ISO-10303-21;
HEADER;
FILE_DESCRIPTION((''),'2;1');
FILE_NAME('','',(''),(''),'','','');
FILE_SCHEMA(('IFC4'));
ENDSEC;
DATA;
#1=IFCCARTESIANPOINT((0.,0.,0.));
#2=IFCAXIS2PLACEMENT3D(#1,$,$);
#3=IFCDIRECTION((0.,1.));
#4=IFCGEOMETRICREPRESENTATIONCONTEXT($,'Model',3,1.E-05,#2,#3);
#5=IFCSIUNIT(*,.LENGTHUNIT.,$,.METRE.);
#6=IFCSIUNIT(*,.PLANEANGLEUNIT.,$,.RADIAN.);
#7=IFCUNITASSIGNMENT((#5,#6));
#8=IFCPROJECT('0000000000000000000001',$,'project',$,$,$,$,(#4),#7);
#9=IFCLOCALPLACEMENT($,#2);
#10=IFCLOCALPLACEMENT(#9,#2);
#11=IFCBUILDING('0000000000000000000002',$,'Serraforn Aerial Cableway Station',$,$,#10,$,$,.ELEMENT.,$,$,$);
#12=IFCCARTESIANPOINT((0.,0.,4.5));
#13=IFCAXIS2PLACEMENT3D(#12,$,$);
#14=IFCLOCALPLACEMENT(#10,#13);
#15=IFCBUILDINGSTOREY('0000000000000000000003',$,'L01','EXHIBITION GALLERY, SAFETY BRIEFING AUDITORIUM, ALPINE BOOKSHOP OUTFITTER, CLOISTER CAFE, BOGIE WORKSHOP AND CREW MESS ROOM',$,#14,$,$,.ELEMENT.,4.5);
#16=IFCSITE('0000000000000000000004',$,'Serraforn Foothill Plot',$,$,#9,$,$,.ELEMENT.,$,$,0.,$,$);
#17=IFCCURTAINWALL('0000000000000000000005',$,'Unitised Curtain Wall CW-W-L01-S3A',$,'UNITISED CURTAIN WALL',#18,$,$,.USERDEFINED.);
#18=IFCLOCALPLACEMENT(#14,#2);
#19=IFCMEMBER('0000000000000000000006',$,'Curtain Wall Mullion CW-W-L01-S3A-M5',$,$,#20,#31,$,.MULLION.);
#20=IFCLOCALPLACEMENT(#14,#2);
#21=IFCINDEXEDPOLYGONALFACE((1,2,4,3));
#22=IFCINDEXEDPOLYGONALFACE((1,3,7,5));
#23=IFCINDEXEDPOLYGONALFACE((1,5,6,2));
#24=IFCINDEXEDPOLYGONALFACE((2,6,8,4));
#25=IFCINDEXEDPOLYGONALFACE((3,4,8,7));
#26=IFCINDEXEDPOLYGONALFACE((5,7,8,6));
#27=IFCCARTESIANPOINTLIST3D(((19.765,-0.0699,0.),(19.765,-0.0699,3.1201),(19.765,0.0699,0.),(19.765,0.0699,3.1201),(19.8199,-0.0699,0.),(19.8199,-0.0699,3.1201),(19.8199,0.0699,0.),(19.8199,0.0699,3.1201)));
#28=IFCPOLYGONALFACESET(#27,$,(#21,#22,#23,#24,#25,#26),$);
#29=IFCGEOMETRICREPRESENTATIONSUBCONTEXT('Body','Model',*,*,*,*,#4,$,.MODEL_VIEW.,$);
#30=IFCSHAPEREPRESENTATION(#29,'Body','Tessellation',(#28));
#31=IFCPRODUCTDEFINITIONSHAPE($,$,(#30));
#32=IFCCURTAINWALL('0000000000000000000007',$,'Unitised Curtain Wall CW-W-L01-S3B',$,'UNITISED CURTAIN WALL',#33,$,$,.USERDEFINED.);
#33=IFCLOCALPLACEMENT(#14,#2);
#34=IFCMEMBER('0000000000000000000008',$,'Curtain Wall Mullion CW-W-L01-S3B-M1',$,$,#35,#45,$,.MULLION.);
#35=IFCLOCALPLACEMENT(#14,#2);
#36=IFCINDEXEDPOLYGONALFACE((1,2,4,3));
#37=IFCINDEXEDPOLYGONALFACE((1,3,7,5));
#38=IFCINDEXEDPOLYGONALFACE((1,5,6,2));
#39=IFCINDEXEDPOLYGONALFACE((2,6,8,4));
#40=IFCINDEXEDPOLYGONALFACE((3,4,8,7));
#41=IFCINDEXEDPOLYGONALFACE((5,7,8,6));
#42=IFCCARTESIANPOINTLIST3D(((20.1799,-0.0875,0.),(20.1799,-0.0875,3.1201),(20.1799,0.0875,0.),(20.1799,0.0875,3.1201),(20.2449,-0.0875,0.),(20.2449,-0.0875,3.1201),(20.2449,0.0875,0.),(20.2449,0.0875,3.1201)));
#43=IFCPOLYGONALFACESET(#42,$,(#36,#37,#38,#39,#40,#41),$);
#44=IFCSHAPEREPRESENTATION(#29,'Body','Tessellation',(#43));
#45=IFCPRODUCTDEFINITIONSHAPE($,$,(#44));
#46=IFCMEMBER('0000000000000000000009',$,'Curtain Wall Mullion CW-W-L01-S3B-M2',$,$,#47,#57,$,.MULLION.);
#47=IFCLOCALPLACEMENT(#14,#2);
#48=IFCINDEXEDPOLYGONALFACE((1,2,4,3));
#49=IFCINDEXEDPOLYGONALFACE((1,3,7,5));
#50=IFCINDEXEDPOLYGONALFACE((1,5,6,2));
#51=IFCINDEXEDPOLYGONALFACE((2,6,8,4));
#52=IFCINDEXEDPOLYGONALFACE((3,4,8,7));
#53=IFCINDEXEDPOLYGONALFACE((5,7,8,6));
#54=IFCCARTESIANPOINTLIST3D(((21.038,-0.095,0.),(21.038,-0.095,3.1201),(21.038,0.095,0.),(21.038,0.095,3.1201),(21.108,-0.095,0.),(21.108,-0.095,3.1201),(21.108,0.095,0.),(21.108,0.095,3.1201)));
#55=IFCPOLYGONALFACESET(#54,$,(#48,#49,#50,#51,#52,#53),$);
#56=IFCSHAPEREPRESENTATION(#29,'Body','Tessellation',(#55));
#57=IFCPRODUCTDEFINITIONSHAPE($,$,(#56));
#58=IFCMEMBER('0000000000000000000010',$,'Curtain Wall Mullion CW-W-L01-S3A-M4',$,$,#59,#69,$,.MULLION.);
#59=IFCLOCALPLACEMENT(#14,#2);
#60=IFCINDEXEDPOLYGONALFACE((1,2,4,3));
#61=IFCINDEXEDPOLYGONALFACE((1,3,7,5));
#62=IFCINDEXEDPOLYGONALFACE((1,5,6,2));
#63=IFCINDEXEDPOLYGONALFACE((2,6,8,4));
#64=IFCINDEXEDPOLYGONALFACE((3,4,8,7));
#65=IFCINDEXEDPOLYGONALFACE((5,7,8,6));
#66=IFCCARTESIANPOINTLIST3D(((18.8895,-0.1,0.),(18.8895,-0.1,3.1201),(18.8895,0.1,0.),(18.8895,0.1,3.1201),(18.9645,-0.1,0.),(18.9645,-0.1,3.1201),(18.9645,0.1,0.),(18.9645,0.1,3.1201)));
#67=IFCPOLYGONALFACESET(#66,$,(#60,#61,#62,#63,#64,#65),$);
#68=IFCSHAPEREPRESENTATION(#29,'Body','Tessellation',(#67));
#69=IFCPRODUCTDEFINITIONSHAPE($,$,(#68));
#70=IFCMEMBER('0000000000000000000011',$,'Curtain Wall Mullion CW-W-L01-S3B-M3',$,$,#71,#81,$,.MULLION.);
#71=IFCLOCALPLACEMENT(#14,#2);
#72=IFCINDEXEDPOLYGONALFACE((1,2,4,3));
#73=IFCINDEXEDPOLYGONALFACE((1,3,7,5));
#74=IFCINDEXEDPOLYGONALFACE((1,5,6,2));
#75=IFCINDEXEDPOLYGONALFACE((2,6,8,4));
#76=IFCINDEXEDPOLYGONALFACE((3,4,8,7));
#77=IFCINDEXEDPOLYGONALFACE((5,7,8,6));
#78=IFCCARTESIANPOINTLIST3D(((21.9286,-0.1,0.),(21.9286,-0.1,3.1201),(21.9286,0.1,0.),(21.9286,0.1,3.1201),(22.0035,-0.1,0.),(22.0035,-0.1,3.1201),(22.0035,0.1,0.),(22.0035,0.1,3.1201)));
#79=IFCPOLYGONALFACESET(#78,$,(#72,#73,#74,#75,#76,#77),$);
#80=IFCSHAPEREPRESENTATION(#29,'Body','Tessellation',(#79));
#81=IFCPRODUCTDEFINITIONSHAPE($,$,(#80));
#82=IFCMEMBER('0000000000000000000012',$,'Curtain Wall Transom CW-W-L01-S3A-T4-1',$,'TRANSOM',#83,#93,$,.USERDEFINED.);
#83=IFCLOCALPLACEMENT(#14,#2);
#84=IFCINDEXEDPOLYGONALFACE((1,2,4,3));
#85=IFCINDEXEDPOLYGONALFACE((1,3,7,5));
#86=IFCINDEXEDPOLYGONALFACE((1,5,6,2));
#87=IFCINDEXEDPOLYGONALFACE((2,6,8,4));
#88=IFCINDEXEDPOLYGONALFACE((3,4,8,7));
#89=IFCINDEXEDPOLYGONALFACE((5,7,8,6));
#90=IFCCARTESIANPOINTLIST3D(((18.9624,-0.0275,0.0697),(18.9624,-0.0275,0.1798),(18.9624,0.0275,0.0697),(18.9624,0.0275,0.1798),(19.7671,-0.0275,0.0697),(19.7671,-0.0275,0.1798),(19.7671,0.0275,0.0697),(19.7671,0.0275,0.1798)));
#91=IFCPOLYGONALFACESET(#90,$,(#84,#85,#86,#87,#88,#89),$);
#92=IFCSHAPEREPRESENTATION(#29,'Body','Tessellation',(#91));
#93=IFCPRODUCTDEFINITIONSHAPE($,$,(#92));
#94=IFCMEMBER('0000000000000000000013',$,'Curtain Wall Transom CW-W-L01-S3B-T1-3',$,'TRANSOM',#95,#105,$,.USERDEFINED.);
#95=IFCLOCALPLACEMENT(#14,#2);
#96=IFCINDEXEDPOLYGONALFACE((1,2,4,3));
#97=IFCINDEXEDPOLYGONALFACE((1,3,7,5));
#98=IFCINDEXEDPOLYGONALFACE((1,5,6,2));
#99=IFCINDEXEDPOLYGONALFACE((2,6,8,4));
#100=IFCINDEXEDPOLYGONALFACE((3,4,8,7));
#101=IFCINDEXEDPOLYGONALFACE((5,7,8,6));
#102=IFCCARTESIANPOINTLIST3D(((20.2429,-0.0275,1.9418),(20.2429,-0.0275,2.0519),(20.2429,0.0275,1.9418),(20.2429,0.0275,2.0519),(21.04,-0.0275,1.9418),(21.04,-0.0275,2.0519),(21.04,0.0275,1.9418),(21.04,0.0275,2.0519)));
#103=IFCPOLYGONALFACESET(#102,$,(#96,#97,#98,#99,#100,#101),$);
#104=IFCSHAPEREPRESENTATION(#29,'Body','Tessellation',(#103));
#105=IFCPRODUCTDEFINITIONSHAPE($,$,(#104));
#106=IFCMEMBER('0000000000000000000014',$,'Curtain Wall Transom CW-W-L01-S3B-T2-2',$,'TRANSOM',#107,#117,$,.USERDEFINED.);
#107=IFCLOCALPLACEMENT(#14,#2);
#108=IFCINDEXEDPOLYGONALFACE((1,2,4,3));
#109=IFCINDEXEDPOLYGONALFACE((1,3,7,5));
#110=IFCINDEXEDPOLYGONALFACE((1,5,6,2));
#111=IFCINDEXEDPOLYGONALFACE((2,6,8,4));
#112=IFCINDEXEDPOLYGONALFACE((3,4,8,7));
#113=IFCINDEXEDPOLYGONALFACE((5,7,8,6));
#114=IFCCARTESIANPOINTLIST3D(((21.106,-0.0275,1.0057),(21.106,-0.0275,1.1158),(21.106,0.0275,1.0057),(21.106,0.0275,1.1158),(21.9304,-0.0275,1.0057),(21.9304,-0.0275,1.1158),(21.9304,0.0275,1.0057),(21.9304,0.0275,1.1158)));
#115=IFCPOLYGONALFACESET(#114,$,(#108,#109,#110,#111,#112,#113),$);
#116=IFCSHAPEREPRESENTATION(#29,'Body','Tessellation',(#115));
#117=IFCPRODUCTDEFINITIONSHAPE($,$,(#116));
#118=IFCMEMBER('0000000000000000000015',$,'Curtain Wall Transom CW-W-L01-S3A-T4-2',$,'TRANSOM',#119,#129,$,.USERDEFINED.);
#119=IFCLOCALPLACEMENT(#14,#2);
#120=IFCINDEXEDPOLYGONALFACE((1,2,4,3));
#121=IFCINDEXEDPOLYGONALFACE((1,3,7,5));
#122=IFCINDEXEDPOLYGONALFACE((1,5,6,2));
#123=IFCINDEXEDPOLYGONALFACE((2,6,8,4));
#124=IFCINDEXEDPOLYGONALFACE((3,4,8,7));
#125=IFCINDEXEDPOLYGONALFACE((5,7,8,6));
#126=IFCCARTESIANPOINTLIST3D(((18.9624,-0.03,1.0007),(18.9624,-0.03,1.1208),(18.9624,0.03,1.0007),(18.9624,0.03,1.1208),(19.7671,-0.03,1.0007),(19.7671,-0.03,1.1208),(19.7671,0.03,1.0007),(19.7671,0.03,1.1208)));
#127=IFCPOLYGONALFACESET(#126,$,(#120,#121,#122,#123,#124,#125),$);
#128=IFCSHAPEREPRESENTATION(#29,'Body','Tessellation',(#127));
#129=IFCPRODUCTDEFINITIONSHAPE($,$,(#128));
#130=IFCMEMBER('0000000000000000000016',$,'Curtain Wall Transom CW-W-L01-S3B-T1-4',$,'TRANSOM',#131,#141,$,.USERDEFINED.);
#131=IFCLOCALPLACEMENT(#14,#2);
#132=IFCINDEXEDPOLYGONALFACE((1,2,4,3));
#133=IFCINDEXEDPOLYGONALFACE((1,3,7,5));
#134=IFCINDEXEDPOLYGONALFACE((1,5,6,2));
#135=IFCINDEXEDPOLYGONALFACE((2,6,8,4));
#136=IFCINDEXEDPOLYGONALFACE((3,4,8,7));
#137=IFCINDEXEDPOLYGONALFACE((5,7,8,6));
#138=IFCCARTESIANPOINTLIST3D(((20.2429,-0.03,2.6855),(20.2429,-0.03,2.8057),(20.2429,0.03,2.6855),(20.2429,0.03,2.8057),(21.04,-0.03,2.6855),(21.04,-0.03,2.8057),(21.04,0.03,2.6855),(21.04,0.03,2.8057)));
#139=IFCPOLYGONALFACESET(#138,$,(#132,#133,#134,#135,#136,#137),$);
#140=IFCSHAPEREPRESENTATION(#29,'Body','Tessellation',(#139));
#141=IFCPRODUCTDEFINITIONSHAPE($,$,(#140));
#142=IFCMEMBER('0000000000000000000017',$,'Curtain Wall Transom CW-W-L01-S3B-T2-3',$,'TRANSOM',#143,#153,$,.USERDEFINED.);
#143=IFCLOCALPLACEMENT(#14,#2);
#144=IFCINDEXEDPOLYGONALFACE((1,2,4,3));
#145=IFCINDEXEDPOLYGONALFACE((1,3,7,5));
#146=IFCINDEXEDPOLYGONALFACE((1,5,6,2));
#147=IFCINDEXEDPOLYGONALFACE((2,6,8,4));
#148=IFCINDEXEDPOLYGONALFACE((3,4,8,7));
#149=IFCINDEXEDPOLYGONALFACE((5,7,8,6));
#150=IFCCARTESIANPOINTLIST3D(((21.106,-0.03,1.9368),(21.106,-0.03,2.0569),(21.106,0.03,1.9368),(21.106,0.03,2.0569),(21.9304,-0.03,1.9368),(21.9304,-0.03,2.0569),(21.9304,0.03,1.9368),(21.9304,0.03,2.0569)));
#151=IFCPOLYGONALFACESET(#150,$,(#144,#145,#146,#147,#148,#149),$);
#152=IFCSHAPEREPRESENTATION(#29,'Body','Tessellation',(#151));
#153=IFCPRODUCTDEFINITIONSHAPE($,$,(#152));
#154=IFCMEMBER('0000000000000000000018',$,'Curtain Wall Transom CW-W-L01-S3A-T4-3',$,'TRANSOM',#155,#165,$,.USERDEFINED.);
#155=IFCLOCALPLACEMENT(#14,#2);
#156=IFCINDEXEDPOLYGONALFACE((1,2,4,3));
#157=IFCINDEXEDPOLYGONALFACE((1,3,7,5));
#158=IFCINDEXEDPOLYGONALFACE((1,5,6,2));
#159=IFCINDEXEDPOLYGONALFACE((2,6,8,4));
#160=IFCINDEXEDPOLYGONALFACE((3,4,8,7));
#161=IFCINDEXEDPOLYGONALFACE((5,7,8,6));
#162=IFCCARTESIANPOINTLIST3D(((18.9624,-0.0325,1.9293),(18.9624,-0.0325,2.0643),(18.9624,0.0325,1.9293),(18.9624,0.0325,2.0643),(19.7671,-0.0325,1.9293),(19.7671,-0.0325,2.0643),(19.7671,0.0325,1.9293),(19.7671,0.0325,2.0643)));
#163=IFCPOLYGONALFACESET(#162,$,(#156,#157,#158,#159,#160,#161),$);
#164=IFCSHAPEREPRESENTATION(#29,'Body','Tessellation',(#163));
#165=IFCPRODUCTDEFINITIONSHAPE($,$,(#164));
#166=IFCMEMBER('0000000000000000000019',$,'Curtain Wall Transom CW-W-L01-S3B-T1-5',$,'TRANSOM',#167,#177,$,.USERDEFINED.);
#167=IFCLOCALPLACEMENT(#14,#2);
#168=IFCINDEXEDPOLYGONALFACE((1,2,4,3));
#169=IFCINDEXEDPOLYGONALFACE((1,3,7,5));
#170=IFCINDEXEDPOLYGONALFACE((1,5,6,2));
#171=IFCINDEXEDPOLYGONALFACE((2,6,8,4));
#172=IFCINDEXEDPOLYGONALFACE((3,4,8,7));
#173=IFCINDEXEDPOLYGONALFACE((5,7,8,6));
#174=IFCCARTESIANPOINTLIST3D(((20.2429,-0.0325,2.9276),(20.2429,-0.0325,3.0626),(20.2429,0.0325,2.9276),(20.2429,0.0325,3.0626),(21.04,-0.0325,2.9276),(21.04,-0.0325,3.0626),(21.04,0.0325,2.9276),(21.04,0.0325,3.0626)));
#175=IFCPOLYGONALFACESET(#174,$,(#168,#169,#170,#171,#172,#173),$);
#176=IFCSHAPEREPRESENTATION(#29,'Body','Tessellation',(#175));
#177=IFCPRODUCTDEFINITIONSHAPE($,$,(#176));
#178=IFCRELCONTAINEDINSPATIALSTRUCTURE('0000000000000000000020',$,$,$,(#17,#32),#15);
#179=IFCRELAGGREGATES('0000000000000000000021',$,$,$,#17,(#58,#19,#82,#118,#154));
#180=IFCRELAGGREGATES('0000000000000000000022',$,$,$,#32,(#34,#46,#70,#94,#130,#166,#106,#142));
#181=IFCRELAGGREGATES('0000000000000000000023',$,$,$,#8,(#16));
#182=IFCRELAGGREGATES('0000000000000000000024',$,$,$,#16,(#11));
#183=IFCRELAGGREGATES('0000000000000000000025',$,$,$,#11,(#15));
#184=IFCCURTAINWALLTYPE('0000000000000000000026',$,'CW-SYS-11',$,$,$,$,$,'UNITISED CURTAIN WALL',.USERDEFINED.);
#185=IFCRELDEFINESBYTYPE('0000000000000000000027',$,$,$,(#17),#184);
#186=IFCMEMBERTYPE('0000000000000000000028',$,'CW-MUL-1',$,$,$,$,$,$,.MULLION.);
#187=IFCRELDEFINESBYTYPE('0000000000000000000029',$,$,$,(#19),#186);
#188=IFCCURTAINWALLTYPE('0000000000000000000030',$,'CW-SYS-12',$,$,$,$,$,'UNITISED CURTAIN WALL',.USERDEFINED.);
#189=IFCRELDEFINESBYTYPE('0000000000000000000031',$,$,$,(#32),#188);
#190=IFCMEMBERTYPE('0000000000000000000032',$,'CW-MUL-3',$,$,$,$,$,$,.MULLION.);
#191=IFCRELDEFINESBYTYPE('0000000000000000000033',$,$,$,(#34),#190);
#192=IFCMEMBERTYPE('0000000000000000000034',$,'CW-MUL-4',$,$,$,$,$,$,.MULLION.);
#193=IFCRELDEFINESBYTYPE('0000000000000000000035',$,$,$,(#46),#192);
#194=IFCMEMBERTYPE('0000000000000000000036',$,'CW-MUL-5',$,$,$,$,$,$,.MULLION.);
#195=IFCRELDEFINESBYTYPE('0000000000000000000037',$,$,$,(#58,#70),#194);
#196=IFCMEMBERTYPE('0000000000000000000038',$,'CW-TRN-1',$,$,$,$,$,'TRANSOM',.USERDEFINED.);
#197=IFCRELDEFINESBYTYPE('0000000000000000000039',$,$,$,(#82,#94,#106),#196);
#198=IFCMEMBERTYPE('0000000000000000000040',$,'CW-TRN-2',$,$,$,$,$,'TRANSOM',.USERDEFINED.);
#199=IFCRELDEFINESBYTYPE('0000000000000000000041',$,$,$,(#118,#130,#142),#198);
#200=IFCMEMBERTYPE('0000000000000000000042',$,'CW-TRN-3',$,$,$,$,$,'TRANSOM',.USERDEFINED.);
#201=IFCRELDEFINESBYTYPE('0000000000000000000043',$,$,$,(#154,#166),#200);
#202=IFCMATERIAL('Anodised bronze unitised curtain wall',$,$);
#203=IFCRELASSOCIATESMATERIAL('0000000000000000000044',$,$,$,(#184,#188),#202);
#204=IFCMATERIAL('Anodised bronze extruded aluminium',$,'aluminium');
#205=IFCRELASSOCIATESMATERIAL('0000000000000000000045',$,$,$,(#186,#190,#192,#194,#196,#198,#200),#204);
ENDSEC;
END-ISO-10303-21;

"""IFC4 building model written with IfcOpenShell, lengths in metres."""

from ifc_helpers import new_model, si_unit, direction, frame, origin, origin_2d, place, context, subcontext, project, spatial, rectangle, extrude, material, material_profile, profile_set, type_object, element, aggregate, save


model = new_model("IFC4")

# Units and contexts
model_context = context("Model", 3, precision=1e-05, world=origin(), true_north=direction((0.0, 1.0)))
body_context = subcontext(model_context, "Body", "Model", "MODEL_VIEW")
ifc_project = project(units=[si_unit("LENGTHUNIT", "METRE"), si_unit("PLANEANGLEUNIT", "RADIAN")], contexts=[model_context])

# Site, building, storey
site_placement = place(None, origin())
site = spatial("IfcSite", under=ifc_project, at=site_placement, Name="Serraforn Foothill Plot", CompositionType="ELEMENT", RefElevation=0.0)
building_placement = place(site_placement, origin())
building = spatial("IfcBuilding", under=site, at=building_placement, Name="Serraforn Aerial Cableway Station", CompositionType="ELEMENT")
storey_placement = place(building_placement, frame((0.0, 0.0, 4.5)))
storey = spatial("IfcBuildingStorey", under=building, at=storey_placement, Name="L01", Description="EXHIBITION GALLERY, SAFETY BRIEFING AUDITORIUM, ALPINE BOOKSHOP OUTFITTER, CLOISTER CAFE, BOGIE WORKSHOP AND CREW MESS ROOM", CompositionType="ELEMENT", Elevation=4.5)

# Curtain wall, member
ifc_material_1 = material(Name="Anodised bronze unitised curtain wall")
curtain_wall_type_1 = type_object("IfcCurtainWallType", Name="CW-SYS-11", ElementType="UNITISED CURTAIN WALL", PredefinedType="USERDEFINED", material=ifc_material_1)
curtain_wall_1_placement = place(storey_placement, origin())
curtain_wall_1 = element("IfcCurtainWall", 1, at=curtain_wall_1_placement, inside=storey, type_object=curtain_wall_type_1, Name="Unitised Curtain Wall CW-W-L01-S3A", ObjectType="UNITISED CURTAIN WALL", PredefinedType="USERDEFINED")
ifc_material_2 = material(Name="Anodised bronze extruded aluminium", Category="aluminium")
ifc_material_profile_1 = material_profile(ifc_material_2, rectangle(XDim=0.0549, YDim=0.1399, at=origin_2d()), Name="CW MULLION 55x140")
ifc_profile_set_1 = profile_set([ifc_material_profile_1], Name="Anodised bronze extruded aluminium")
member_type_1 = type_object("IfcMemberType", Name="CW-MUL-1", PredefinedType="MULLION", material=ifc_profile_set_1)
member_1_placement = place(storey_placement, frame((19.7925, 0.0, 0.0), z_axis=(0.0, 0.0, 1.0), x_axis=(1.0, 0.0, 0.0)))
member_1 = element("IfcMember", 2, at=member_1_placement, type_object=member_type_1, Name="Curtain Wall Mullion CW-W-L01-S3A-M5", PredefinedType="MULLION", context=body_context, shape_type="SweptSolid", body=[
    extrude(rectangle(XDim=0.0549, YDim=0.1399, at=origin_2d()), origin(), (0.0, 0.0, 1.0), 3.1201),
])

# Curtain wall, members
curtain_wall_type_2 = type_object("IfcCurtainWallType", Name="CW-SYS-12", ElementType="UNITISED CURTAIN WALL", PredefinedType="USERDEFINED", material=ifc_material_1)
curtain_wall_2_placement = place(storey_placement, origin())
curtain_wall_2 = element("IfcCurtainWall", 3, at=curtain_wall_2_placement, inside=storey, type_object=curtain_wall_type_2, Name="Unitised Curtain Wall CW-W-L01-S3B", ObjectType="UNITISED CURTAIN WALL", PredefinedType="USERDEFINED")
ifc_material_profile_2 = material_profile(ifc_material_2, rectangle(XDim=0.0649, YDim=0.175, at=origin_2d()), Name="CW MULLION 65x175")
ifc_profile_set_2 = profile_set([ifc_material_profile_2], Name="Anodised bronze extruded aluminium")
member_type_2 = type_object("IfcMemberType", Name="CW-MUL-3", PredefinedType="MULLION", material=ifc_profile_set_2)
member_2_placement = place(storey_placement, frame((20.2124, 0.0, 0.0), z_axis=(0.0, 0.0, 1.0), x_axis=(1.0, 0.0, 0.0)))
member_2 = element("IfcMember", 4, at=member_2_placement, type_object=member_type_2, Name="Curtain Wall Mullion CW-W-L01-S3B-M1", PredefinedType="MULLION", context=body_context, shape_type="SweptSolid", body=[
    extrude(rectangle(XDim=0.0649, YDim=0.175, at=origin_2d()), origin(), (0.0, 0.0, 1.0), 3.1201),
])
ifc_material_profile_3 = material_profile(ifc_material_2, rectangle(XDim=0.0701, YDim=0.1899, at=origin_2d()), Name="CW MULLION 70x190")
ifc_profile_set_3 = profile_set([ifc_material_profile_3], Name="Anodised bronze extruded aluminium")
member_type_3 = type_object("IfcMemberType", Name="CW-MUL-4", PredefinedType="MULLION", material=ifc_profile_set_3)
member_3_placement = place(storey_placement, frame((21.073, 0.0, 0.0), z_axis=(0.0, 0.0, 1.0), x_axis=(1.0, 0.0, 0.0)))
member_3 = element("IfcMember", 5, at=member_3_placement, type_object=member_type_3, Name="Curtain Wall Mullion CW-W-L01-S3B-M2", PredefinedType="MULLION", context=body_context, shape_type="SweptSolid", body=[
    extrude(rectangle(XDim=0.0701, YDim=0.1899, at=origin_2d()), origin(), (0.0, 0.0, 1.0), 3.1201),
])

# Members
ifc_material_profile_4 = material_profile(ifc_material_2, rectangle(XDim=0.075, YDim=0.2, at=origin_2d()), Name="CW MULLION 75x200")
ifc_profile_set_4 = profile_set([ifc_material_profile_4], Name="Anodised bronze extruded aluminium")
member_type_4 = type_object("IfcMemberType", Name="CW-MUL-5", PredefinedType="MULLION", material=ifc_profile_set_4)
member_4_placement = place(storey_placement, frame((18.927, 0.0, 0.0), z_axis=(0.0, 0.0, 1.0), x_axis=(1.0, 0.0, 0.0)))
member_4 = element("IfcMember", 6, at=member_4_placement, type_object=member_type_4, Name="Curtain Wall Mullion CW-W-L01-S3A-M4", PredefinedType="MULLION", context=body_context, shape_type="SweptSolid", body=[
    extrude(rectangle(XDim=0.075, YDim=0.2, at=origin_2d()), origin(), (0.0, 0.0, 1.0), 3.1201),
])
member_5_placement = place(storey_placement, frame((21.9661, 0.0, 0.0), z_axis=(0.0, 0.0, 1.0), x_axis=(1.0, 0.0, 0.0)))
member_5 = element("IfcMember", 7, at=member_5_placement, type_object=member_type_4, Name="Curtain Wall Mullion CW-W-L01-S3B-M3", PredefinedType="MULLION", context=body_context, shape_type="SweptSolid", body=[
    extrude(rectangle(XDim=0.075, YDim=0.2, at=origin_2d()), origin(), (0.0, 0.0, 1.0), 3.1201),
])
ifc_material_profile_5 = material_profile(ifc_material_2, rectangle(XDim=0.0549, YDim=0.1101, at=origin_2d()), Name="CW TRANSOM 55x110")
ifc_profile_set_5 = profile_set([ifc_material_profile_5], Name="Anodised bronze extruded aluminium")
member_type_5 = type_object("IfcMemberType", Name="CW-TRN-1", ElementType="TRANSOM", PredefinedType="USERDEFINED", material=ifc_profile_set_5)
member_6_placement = place(storey_placement, frame((18.9624, 0.0, 0.1248), z_axis=(1.0, 0.0, 0.0), x_axis=(0.0, 1.0, 0.0)))
member_6 = element("IfcMember", 8, at=member_6_placement, type_object=member_type_5, Name="Curtain Wall Transom CW-W-L01-S3A-T4-1", ObjectType="TRANSOM", PredefinedType="USERDEFINED", context=body_context, shape_type="SweptSolid", body=[
    extrude(rectangle(XDim=0.0549, YDim=0.1101, at=origin_2d()), origin(), (0.0, 0.0, 1.0), 0.8047),
])
member_7_placement = place(storey_placement, frame((20.2429, 0.0, 1.9968), z_axis=(1.0, 0.0, 0.0), x_axis=(0.0, 1.0, 0.0)))
member_7 = element("IfcMember", 9, at=member_7_placement, type_object=member_type_5, Name="Curtain Wall Transom CW-W-L01-S3B-T1-3", ObjectType="TRANSOM", PredefinedType="USERDEFINED", context=body_context, shape_type="SweptSolid", body=[
    extrude(rectangle(XDim=0.0549, YDim=0.1101, at=origin_2d()), origin(), (0.0, 0.0, 1.0), 0.7971),
])
member_8_placement = place(storey_placement, frame((21.106, 0.0, 1.0608), z_axis=(1.0, 0.0, 0.0), x_axis=(0.0, 1.0, 0.0)))
member_8 = element("IfcMember", 10, at=member_8_placement, type_object=member_type_5, Name="Curtain Wall Transom CW-W-L01-S3B-T2-2", ObjectType="TRANSOM", PredefinedType="USERDEFINED", context=body_context, shape_type="SweptSolid", body=[
    extrude(rectangle(XDim=0.0549, YDim=0.1101, at=origin_2d()), origin(), (0.0, 0.0, 1.0), 0.8245),
])
ifc_material_profile_6 = material_profile(ifc_material_2, rectangle(XDim=0.0601, YDim=0.1201, at=origin_2d()), Name="CW TRANSOM 60x120")
ifc_profile_set_6 = profile_set([ifc_material_profile_6], Name="Anodised bronze extruded aluminium")
member_type_6 = type_object("IfcMemberType", Name="CW-TRN-2", ElementType="TRANSOM", PredefinedType="USERDEFINED", material=ifc_profile_set_6)
member_9_placement = place(storey_placement, frame((18.9624, 0.0, 1.0608), z_axis=(1.0, 0.0, 0.0), x_axis=(0.0, 1.0, 0.0)))
member_9 = element("IfcMember", 11, at=member_9_placement, type_object=member_type_6, Name="Curtain Wall Transom CW-W-L01-S3A-T4-2", ObjectType="TRANSOM", PredefinedType="USERDEFINED", context=body_context, shape_type="SweptSolid", body=[
    extrude(rectangle(XDim=0.0601, YDim=0.1201, at=origin_2d()), origin(), (0.0, 0.0, 1.0), 0.8047),
])
member_10_placement = place(storey_placement, frame((20.2429, 0.0, 2.7456), z_axis=(1.0, 0.0, 0.0), x_axis=(0.0, 1.0, 0.0)))
member_10 = element("IfcMember", 12, at=member_10_placement, type_object=member_type_6, Name="Curtain Wall Transom CW-W-L01-S3B-T1-4", ObjectType="TRANSOM", PredefinedType="USERDEFINED", context=body_context, shape_type="SweptSolid", body=[
    extrude(rectangle(XDim=0.0601, YDim=0.1201, at=origin_2d()), origin(), (0.0, 0.0, 1.0), 0.7971),
])
member_11_placement = place(storey_placement, frame((21.106, 0.0, 1.9968), z_axis=(1.0, 0.0, 0.0), x_axis=(0.0, 1.0, 0.0)))
member_11 = element("IfcMember", 13, at=member_11_placement, type_object=member_type_6, Name="Curtain Wall Transom CW-W-L01-S3B-T2-3", ObjectType="TRANSOM", PredefinedType="USERDEFINED", context=body_context, shape_type="SweptSolid", body=[
    extrude(rectangle(XDim=0.0601, YDim=0.1201, at=origin_2d()), origin(), (0.0, 0.0, 1.0), 0.8245),
])
ifc_material_profile_7 = material_profile(ifc_material_2, rectangle(XDim=0.0649, YDim=0.135, at=origin_2d()), Name="CW TRANSOM 65x135")
ifc_profile_set_7 = profile_set([ifc_material_profile_7], Name="Anodised bronze extruded aluminium")
member_type_7 = type_object("IfcMemberType", Name="CW-TRN-3", ElementType="TRANSOM", PredefinedType="USERDEFINED", material=ifc_profile_set_7)
member_12_placement = place(storey_placement, frame((18.9624, 0.0, 1.9968), z_axis=(1.0, 0.0, 0.0), x_axis=(0.0, 1.0, 0.0)))
member_12 = element("IfcMember", 14, at=member_12_placement, type_object=member_type_7, Name="Curtain Wall Transom CW-W-L01-S3A-T4-3", ObjectType="TRANSOM", PredefinedType="USERDEFINED", context=body_context, shape_type="SweptSolid", body=[
    extrude(rectangle(XDim=0.0649, YDim=0.135, at=origin_2d()), origin(), (0.0, 0.0, 1.0), 0.8047),
])
member_13_placement = place(storey_placement, frame((20.2429, 0.0, 2.9951), z_axis=(1.0, 0.0, 0.0), x_axis=(0.0, 1.0, 0.0)))
member_13 = element("IfcMember", 15, at=member_13_placement, type_object=member_type_7, Name="Curtain Wall Transom CW-W-L01-S3B-T1-5", ObjectType="TRANSOM", PredefinedType="USERDEFINED", context=body_context, shape_type="SweptSolid", body=[
    extrude(rectangle(XDim=0.0649, YDim=0.135, at=origin_2d()), origin(), (0.0, 0.0, 1.0), 0.7971),
])

aggregate(curtain_wall_1, [member_4, member_1, member_6, member_9, member_12])
aggregate(curtain_wall_2, [member_2, member_3, member_5, member_7, member_10, member_13, member_8, member_11])

save(model, "model.ifc")
